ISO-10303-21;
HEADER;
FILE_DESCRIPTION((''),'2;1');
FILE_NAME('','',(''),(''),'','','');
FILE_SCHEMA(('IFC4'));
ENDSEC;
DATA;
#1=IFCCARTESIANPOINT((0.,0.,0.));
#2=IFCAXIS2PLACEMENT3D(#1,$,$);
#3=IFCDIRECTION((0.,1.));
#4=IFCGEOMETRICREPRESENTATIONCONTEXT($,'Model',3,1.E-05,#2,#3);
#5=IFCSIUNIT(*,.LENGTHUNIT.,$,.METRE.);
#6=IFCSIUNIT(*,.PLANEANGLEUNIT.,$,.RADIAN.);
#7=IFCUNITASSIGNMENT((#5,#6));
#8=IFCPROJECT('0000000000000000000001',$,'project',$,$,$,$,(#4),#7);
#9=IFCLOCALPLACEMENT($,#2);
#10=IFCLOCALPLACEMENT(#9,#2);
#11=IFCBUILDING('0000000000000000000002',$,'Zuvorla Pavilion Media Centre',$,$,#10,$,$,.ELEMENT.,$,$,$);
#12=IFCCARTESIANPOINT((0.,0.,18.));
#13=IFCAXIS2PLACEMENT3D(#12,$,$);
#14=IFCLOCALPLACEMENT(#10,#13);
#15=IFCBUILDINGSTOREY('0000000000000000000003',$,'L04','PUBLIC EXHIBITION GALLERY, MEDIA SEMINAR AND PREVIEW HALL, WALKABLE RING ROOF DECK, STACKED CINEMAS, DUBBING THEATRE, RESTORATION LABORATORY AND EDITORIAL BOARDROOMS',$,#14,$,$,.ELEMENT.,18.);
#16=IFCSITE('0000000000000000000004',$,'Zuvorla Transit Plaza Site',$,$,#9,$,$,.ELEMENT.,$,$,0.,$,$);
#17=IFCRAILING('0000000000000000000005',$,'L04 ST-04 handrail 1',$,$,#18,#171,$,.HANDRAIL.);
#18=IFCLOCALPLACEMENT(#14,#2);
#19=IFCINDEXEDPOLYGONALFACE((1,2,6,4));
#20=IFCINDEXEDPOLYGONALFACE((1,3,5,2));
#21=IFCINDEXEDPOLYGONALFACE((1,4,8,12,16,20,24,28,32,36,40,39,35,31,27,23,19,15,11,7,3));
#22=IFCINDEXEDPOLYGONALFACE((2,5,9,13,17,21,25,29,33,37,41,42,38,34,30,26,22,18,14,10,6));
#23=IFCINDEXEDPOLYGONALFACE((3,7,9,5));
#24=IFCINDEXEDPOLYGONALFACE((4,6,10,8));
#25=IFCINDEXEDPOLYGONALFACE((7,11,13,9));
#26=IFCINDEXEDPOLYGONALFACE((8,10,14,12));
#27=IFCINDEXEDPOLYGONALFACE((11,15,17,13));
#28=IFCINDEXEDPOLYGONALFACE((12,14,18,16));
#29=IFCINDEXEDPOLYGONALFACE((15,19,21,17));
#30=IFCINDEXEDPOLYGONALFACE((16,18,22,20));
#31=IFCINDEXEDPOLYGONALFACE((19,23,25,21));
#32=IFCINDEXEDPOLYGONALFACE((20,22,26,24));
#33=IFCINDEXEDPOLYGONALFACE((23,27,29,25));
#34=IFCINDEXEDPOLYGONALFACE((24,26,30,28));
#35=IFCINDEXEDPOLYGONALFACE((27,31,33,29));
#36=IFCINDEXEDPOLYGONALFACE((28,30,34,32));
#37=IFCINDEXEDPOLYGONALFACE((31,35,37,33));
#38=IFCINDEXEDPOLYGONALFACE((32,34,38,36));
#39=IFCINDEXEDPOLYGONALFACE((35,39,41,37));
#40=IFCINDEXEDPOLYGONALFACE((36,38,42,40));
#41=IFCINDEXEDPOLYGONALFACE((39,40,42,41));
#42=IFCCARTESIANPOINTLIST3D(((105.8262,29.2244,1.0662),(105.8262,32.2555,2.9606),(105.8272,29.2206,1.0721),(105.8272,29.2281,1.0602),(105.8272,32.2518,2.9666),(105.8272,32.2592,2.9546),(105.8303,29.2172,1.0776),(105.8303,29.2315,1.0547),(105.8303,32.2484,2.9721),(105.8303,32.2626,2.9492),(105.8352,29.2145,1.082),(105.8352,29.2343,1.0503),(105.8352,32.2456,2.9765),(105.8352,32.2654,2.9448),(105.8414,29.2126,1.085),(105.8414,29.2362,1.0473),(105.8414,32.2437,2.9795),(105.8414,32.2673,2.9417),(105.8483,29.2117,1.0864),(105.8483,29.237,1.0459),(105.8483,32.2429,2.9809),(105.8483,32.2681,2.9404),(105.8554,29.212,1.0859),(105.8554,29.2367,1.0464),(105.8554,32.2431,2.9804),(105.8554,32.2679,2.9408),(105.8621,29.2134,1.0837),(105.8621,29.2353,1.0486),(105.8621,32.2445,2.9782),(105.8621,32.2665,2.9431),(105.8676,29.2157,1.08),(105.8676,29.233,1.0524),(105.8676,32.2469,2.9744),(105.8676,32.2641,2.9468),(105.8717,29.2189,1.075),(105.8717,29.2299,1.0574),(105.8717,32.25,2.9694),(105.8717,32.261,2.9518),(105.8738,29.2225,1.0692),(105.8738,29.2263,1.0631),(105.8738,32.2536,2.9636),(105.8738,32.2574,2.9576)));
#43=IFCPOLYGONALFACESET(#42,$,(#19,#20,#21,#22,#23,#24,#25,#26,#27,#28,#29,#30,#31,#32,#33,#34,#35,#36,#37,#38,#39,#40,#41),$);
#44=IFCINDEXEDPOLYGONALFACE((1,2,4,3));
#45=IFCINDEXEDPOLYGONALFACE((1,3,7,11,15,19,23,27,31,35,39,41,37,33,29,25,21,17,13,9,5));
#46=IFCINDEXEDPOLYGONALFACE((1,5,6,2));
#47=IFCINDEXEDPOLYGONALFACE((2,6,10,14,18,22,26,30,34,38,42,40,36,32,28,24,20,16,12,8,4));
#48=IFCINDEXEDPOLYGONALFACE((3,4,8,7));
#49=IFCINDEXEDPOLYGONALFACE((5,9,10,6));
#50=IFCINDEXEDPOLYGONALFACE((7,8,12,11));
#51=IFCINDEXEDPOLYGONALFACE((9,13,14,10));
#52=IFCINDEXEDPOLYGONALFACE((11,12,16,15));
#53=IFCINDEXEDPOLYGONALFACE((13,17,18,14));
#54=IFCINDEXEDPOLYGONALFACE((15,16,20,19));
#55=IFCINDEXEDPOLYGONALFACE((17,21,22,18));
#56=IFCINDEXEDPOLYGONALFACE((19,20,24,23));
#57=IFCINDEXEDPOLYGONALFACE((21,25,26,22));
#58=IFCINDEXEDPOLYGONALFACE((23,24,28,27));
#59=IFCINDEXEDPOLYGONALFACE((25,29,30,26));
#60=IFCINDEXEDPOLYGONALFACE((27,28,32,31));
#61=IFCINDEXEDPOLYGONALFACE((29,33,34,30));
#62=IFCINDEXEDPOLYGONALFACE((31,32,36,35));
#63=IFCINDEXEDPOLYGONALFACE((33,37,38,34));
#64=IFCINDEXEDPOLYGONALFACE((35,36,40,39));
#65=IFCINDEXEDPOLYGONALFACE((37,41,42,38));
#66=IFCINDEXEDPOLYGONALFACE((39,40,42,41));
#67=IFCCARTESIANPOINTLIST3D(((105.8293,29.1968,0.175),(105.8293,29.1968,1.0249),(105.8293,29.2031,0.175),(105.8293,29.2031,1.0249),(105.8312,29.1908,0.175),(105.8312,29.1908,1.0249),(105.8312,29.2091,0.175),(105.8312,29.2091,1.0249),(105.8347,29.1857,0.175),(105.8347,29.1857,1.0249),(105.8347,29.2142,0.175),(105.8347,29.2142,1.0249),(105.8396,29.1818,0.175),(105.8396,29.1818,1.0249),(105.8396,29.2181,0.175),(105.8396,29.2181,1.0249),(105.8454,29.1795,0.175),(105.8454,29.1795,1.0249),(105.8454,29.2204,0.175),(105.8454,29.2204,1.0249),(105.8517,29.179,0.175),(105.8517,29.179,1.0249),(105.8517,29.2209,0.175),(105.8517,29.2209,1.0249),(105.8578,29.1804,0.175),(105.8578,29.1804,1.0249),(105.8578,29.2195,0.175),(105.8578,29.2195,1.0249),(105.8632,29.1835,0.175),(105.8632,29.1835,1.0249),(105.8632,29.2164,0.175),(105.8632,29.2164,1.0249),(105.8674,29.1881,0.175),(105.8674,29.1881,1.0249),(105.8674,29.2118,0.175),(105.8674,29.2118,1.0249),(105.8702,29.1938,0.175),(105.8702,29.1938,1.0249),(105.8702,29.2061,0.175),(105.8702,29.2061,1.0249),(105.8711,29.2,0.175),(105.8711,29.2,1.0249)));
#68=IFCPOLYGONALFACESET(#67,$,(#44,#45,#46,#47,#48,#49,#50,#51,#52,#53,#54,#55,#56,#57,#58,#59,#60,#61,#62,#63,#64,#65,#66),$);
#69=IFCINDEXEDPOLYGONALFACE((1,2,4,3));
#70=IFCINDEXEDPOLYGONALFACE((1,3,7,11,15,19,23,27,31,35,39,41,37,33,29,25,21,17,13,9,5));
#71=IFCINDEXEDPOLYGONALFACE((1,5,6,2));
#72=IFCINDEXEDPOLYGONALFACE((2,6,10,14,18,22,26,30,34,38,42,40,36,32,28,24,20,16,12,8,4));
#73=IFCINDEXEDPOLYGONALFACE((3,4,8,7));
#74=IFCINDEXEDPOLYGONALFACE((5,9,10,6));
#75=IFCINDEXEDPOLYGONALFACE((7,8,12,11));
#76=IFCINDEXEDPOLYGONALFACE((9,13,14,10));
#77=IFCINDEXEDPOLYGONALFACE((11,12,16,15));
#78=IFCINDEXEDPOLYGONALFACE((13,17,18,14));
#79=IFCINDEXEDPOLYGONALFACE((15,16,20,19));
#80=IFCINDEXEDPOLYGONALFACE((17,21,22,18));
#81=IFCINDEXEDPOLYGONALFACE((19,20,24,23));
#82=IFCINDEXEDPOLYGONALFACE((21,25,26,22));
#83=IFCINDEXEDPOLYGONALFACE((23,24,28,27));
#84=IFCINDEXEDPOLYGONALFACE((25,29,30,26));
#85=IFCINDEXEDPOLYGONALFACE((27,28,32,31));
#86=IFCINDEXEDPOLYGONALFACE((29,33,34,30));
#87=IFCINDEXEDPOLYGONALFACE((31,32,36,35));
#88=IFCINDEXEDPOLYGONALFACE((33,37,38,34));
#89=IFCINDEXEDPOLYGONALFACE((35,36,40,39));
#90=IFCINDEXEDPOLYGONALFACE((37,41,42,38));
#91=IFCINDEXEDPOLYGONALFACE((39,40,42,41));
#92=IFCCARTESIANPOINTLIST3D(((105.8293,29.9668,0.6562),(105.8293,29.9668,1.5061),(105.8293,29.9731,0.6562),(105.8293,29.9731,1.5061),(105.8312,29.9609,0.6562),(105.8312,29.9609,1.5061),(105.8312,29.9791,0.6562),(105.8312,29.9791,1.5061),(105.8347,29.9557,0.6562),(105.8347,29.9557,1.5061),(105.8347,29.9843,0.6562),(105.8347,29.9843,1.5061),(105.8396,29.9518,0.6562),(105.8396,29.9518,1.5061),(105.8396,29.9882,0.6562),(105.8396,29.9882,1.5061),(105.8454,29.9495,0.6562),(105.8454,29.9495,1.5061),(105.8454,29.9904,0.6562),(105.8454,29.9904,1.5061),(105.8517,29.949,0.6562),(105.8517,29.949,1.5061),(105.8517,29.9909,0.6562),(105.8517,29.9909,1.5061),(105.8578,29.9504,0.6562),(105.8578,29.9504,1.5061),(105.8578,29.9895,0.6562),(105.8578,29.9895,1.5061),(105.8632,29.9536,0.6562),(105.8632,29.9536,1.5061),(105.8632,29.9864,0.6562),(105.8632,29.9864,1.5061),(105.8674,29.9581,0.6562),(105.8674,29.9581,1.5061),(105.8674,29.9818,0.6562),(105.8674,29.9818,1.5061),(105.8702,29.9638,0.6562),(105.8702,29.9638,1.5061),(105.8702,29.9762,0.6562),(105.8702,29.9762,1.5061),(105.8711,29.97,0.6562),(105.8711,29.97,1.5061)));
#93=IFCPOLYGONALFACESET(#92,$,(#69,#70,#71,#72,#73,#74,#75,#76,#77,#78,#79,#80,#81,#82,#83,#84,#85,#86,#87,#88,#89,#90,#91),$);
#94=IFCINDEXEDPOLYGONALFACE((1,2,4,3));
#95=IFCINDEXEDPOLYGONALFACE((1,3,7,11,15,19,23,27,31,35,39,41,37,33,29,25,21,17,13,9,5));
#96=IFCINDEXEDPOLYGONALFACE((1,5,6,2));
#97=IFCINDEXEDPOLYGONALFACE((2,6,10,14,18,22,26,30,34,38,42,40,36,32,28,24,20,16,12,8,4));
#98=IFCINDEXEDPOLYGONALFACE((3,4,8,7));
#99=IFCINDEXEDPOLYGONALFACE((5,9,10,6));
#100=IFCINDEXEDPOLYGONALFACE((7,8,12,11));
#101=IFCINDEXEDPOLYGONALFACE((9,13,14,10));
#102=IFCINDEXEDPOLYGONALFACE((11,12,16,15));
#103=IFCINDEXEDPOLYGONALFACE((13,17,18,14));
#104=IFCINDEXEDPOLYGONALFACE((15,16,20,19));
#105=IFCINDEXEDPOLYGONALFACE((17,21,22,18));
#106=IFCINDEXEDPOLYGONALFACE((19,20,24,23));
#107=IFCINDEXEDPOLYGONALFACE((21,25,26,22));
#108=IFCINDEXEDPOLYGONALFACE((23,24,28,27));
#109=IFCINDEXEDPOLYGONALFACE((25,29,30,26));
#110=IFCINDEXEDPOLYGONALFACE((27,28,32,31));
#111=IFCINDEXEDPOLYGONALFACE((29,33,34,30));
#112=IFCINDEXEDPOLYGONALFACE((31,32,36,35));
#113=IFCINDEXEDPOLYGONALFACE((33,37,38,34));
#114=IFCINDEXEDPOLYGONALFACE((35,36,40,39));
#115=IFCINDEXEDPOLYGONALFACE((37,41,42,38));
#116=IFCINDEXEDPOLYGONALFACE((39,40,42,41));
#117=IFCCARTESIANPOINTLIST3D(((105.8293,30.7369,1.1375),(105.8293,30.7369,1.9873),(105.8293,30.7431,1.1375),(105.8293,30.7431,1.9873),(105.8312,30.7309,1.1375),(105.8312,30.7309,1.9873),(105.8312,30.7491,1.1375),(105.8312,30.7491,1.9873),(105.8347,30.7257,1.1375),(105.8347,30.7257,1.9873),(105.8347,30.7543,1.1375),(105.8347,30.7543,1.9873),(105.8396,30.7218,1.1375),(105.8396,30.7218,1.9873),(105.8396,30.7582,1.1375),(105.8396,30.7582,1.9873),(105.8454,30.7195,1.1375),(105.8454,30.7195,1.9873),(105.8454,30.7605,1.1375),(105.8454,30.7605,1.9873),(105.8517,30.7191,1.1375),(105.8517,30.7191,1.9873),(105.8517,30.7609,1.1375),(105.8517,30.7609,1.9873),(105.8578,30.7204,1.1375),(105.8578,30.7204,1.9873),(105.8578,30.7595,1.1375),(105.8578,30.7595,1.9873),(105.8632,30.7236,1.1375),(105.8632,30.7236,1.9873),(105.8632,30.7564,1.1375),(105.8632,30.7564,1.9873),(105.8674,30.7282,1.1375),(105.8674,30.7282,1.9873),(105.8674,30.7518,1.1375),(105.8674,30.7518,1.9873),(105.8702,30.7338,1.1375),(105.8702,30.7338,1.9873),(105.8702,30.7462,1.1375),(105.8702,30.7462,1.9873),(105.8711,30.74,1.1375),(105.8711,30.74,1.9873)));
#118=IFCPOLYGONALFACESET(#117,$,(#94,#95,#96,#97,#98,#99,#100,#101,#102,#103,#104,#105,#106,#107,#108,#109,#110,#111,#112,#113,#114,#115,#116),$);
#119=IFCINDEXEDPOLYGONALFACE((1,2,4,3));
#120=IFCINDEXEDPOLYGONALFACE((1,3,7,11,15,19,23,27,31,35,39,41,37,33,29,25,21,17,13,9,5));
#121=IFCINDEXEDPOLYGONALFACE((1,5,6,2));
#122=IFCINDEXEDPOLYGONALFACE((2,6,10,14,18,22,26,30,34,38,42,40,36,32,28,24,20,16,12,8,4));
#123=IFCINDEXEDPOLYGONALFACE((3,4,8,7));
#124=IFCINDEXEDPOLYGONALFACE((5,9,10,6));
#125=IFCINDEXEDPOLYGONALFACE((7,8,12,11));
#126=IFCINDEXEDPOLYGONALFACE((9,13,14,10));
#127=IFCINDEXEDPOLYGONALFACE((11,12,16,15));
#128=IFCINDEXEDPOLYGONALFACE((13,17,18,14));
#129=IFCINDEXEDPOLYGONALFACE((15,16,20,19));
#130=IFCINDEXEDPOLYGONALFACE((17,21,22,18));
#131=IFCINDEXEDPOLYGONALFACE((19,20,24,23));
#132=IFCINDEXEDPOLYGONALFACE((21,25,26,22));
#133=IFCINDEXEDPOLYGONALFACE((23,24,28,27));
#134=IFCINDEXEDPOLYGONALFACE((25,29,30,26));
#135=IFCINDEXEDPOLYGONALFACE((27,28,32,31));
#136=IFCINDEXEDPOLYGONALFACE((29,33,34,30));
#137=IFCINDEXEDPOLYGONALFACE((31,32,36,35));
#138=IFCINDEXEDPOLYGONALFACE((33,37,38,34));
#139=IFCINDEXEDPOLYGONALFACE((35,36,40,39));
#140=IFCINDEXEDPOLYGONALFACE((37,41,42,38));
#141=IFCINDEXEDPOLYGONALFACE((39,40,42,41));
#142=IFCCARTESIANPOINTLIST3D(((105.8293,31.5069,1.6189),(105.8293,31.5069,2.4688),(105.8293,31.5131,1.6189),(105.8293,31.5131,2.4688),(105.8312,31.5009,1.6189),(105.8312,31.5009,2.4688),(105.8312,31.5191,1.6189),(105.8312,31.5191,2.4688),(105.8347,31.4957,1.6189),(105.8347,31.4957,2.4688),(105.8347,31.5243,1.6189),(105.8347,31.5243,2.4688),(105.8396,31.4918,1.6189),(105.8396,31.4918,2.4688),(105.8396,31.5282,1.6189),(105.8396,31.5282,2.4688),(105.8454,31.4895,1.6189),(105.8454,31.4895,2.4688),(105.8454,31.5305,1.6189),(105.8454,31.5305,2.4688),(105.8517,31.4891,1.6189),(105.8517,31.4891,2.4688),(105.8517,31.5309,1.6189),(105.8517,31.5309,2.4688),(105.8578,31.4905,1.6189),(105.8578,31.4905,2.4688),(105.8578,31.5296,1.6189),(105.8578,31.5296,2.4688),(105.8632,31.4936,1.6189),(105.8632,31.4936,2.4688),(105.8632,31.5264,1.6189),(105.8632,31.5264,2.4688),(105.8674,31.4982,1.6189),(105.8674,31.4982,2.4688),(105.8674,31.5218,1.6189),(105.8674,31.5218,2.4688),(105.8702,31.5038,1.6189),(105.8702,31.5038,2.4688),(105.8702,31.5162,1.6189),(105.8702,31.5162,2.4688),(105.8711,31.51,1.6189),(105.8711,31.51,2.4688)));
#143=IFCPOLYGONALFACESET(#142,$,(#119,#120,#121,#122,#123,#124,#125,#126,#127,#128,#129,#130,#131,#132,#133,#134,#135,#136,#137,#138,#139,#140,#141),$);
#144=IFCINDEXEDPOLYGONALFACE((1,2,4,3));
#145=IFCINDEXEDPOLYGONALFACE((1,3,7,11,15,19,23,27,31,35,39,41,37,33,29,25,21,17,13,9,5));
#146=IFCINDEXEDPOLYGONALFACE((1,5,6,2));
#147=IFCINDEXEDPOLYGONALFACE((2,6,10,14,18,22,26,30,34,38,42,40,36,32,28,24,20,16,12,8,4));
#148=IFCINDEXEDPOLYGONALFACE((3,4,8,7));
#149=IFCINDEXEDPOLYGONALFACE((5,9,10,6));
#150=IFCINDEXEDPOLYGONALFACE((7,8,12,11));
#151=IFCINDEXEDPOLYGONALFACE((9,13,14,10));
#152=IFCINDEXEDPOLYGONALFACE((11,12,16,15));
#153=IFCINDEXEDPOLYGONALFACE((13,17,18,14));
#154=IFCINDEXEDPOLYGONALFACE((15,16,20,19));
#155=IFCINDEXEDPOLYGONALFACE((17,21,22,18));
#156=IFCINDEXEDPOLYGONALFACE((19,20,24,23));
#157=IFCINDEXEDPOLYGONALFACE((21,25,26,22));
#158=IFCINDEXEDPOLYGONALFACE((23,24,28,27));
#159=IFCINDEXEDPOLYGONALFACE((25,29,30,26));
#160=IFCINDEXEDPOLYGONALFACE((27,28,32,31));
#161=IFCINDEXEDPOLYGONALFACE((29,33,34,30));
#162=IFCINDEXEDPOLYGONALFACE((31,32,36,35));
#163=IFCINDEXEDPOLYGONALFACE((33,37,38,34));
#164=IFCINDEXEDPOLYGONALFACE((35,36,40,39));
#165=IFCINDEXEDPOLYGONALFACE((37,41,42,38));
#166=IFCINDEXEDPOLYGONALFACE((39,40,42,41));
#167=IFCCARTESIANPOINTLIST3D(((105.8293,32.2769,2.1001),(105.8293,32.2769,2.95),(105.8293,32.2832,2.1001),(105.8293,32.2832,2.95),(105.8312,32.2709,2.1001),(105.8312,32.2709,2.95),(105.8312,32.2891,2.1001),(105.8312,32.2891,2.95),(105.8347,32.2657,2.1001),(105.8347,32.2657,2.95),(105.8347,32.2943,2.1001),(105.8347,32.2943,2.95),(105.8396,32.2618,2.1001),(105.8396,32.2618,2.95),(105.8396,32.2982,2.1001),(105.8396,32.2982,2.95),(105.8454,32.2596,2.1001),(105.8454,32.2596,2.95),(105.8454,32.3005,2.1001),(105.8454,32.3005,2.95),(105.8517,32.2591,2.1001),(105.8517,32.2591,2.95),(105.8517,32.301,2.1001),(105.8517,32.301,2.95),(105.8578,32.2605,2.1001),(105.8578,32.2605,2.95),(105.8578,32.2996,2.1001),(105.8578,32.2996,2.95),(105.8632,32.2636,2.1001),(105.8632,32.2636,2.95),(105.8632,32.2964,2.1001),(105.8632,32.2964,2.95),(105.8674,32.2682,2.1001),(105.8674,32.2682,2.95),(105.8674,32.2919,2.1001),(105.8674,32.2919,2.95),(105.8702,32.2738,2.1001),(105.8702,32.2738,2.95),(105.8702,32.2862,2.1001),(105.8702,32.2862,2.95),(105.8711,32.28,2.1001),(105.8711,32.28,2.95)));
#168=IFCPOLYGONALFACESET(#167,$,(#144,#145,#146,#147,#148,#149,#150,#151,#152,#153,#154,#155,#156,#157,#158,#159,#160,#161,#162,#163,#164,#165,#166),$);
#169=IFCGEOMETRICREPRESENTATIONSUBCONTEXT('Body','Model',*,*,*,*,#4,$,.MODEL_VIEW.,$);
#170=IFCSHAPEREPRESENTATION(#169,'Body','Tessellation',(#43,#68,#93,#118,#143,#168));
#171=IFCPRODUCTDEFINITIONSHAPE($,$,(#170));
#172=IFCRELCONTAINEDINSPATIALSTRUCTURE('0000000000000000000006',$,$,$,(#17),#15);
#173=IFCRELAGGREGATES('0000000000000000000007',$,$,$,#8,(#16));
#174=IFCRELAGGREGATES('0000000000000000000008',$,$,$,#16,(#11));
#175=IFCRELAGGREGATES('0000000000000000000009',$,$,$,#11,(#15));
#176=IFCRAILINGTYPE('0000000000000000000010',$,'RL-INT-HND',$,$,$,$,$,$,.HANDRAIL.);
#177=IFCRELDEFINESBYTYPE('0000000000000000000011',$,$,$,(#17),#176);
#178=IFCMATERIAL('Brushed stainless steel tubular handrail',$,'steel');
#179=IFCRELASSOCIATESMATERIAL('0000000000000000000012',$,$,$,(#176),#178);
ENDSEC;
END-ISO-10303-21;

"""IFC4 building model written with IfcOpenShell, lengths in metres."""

from ifc_helpers import new_model, si_unit, direction, frame, origin, origin_2d, place, context, subcontext, project, spatial, circle, extrude, material, type_object, element, save


model = new_model("IFC4")

# Units and contexts
model_context = context("Model", 3, precision=1e-05, world=origin(), true_north=direction((0.0, 1.0)))
body_context = subcontext(model_context, "Body", "Model", "MODEL_VIEW")
ifc_project = project(units=[si_unit("LENGTHUNIT", "METRE"), si_unit("PLANEANGLEUNIT", "RADIAN")], contexts=[model_context])

# Site, building, storey
site_placement = place(None, origin())
site = spatial("IfcSite", under=ifc_project, at=site_placement, Name="Zuvorla Transit Plaza Site", CompositionType="ELEMENT", RefElevation=0.0)
building_placement = place(site_placement, origin())
building = spatial("IfcBuilding", under=site, at=building_placement, Name="Zuvorla Pavilion Media Centre", CompositionType="ELEMENT")
storey_placement = place(building_placement, frame((0.0, 0.0, 18.0)))
storey = spatial("IfcBuildingStorey", under=building, at=storey_placement, Name="L04", Description="PUBLIC EXHIBITION GALLERY, MEDIA SEMINAR AND PREVIEW HALL, WALKABLE RING ROOF DECK, STACKED CINEMAS, DUBBING THEATRE, RESTORATION LABORATORY AND EDITORIAL BOARDROOMS", CompositionType="ELEMENT", Elevation=18.0)

# Railing
ifc_material_1 = material(Name="Brushed stainless steel tubular handrail", Category="steel")
railing_type_1 = type_object("IfcRailingType", Name="RL-INT-HND", PredefinedType="HANDRAIL", material=ifc_material_1)
railing_1_placement = place(storey_placement, frame((105.8501, 29.2, 0.175)))
element("IfcRailing", 1, at=railing_1_placement, inside=storey, type_object=railing_type_1, Name="L04 ST-04 handrail 1", PredefinedType="HANDRAIL", context=body_context, shape_type="SweptSolid", body=[
    extrude(circle(Radius=0.0239, at=origin_2d()), frame((0.0, 0.0244, 0.8911), z_axis=(0.0, 0.847998, 0.529999), x_axis=(-1.0, 0.0, 0.0)), (0.0, 0.0, 1.0), 3.5745),
    extrude(circle(Radius=0.021, at=origin_2d()), origin(), (0.0, 0.0, 1.0), 0.8499),
    extrude(circle(Radius=0.021, at=origin_2d()), frame((0.0, 0.77, 0.4812)), (0.0, 0.0, 1.0), 0.8499),
    extrude(circle(Radius=0.021, at=origin_2d()), frame((0.0, 1.54, 0.9624)), (0.0, 0.0, 1.0), 0.8499),
    extrude(circle(Radius=0.021, at=origin_2d()), frame((0.0, 2.3101, 1.4438)), (0.0, 0.0, 1.0), 0.8499),
    extrude(circle(Radius=0.021, at=origin_2d()), frame((0.0, 3.0801, 1.925)), (0.0, 0.0, 1.0), 0.8499),
])

save(model, "model.ifc")
